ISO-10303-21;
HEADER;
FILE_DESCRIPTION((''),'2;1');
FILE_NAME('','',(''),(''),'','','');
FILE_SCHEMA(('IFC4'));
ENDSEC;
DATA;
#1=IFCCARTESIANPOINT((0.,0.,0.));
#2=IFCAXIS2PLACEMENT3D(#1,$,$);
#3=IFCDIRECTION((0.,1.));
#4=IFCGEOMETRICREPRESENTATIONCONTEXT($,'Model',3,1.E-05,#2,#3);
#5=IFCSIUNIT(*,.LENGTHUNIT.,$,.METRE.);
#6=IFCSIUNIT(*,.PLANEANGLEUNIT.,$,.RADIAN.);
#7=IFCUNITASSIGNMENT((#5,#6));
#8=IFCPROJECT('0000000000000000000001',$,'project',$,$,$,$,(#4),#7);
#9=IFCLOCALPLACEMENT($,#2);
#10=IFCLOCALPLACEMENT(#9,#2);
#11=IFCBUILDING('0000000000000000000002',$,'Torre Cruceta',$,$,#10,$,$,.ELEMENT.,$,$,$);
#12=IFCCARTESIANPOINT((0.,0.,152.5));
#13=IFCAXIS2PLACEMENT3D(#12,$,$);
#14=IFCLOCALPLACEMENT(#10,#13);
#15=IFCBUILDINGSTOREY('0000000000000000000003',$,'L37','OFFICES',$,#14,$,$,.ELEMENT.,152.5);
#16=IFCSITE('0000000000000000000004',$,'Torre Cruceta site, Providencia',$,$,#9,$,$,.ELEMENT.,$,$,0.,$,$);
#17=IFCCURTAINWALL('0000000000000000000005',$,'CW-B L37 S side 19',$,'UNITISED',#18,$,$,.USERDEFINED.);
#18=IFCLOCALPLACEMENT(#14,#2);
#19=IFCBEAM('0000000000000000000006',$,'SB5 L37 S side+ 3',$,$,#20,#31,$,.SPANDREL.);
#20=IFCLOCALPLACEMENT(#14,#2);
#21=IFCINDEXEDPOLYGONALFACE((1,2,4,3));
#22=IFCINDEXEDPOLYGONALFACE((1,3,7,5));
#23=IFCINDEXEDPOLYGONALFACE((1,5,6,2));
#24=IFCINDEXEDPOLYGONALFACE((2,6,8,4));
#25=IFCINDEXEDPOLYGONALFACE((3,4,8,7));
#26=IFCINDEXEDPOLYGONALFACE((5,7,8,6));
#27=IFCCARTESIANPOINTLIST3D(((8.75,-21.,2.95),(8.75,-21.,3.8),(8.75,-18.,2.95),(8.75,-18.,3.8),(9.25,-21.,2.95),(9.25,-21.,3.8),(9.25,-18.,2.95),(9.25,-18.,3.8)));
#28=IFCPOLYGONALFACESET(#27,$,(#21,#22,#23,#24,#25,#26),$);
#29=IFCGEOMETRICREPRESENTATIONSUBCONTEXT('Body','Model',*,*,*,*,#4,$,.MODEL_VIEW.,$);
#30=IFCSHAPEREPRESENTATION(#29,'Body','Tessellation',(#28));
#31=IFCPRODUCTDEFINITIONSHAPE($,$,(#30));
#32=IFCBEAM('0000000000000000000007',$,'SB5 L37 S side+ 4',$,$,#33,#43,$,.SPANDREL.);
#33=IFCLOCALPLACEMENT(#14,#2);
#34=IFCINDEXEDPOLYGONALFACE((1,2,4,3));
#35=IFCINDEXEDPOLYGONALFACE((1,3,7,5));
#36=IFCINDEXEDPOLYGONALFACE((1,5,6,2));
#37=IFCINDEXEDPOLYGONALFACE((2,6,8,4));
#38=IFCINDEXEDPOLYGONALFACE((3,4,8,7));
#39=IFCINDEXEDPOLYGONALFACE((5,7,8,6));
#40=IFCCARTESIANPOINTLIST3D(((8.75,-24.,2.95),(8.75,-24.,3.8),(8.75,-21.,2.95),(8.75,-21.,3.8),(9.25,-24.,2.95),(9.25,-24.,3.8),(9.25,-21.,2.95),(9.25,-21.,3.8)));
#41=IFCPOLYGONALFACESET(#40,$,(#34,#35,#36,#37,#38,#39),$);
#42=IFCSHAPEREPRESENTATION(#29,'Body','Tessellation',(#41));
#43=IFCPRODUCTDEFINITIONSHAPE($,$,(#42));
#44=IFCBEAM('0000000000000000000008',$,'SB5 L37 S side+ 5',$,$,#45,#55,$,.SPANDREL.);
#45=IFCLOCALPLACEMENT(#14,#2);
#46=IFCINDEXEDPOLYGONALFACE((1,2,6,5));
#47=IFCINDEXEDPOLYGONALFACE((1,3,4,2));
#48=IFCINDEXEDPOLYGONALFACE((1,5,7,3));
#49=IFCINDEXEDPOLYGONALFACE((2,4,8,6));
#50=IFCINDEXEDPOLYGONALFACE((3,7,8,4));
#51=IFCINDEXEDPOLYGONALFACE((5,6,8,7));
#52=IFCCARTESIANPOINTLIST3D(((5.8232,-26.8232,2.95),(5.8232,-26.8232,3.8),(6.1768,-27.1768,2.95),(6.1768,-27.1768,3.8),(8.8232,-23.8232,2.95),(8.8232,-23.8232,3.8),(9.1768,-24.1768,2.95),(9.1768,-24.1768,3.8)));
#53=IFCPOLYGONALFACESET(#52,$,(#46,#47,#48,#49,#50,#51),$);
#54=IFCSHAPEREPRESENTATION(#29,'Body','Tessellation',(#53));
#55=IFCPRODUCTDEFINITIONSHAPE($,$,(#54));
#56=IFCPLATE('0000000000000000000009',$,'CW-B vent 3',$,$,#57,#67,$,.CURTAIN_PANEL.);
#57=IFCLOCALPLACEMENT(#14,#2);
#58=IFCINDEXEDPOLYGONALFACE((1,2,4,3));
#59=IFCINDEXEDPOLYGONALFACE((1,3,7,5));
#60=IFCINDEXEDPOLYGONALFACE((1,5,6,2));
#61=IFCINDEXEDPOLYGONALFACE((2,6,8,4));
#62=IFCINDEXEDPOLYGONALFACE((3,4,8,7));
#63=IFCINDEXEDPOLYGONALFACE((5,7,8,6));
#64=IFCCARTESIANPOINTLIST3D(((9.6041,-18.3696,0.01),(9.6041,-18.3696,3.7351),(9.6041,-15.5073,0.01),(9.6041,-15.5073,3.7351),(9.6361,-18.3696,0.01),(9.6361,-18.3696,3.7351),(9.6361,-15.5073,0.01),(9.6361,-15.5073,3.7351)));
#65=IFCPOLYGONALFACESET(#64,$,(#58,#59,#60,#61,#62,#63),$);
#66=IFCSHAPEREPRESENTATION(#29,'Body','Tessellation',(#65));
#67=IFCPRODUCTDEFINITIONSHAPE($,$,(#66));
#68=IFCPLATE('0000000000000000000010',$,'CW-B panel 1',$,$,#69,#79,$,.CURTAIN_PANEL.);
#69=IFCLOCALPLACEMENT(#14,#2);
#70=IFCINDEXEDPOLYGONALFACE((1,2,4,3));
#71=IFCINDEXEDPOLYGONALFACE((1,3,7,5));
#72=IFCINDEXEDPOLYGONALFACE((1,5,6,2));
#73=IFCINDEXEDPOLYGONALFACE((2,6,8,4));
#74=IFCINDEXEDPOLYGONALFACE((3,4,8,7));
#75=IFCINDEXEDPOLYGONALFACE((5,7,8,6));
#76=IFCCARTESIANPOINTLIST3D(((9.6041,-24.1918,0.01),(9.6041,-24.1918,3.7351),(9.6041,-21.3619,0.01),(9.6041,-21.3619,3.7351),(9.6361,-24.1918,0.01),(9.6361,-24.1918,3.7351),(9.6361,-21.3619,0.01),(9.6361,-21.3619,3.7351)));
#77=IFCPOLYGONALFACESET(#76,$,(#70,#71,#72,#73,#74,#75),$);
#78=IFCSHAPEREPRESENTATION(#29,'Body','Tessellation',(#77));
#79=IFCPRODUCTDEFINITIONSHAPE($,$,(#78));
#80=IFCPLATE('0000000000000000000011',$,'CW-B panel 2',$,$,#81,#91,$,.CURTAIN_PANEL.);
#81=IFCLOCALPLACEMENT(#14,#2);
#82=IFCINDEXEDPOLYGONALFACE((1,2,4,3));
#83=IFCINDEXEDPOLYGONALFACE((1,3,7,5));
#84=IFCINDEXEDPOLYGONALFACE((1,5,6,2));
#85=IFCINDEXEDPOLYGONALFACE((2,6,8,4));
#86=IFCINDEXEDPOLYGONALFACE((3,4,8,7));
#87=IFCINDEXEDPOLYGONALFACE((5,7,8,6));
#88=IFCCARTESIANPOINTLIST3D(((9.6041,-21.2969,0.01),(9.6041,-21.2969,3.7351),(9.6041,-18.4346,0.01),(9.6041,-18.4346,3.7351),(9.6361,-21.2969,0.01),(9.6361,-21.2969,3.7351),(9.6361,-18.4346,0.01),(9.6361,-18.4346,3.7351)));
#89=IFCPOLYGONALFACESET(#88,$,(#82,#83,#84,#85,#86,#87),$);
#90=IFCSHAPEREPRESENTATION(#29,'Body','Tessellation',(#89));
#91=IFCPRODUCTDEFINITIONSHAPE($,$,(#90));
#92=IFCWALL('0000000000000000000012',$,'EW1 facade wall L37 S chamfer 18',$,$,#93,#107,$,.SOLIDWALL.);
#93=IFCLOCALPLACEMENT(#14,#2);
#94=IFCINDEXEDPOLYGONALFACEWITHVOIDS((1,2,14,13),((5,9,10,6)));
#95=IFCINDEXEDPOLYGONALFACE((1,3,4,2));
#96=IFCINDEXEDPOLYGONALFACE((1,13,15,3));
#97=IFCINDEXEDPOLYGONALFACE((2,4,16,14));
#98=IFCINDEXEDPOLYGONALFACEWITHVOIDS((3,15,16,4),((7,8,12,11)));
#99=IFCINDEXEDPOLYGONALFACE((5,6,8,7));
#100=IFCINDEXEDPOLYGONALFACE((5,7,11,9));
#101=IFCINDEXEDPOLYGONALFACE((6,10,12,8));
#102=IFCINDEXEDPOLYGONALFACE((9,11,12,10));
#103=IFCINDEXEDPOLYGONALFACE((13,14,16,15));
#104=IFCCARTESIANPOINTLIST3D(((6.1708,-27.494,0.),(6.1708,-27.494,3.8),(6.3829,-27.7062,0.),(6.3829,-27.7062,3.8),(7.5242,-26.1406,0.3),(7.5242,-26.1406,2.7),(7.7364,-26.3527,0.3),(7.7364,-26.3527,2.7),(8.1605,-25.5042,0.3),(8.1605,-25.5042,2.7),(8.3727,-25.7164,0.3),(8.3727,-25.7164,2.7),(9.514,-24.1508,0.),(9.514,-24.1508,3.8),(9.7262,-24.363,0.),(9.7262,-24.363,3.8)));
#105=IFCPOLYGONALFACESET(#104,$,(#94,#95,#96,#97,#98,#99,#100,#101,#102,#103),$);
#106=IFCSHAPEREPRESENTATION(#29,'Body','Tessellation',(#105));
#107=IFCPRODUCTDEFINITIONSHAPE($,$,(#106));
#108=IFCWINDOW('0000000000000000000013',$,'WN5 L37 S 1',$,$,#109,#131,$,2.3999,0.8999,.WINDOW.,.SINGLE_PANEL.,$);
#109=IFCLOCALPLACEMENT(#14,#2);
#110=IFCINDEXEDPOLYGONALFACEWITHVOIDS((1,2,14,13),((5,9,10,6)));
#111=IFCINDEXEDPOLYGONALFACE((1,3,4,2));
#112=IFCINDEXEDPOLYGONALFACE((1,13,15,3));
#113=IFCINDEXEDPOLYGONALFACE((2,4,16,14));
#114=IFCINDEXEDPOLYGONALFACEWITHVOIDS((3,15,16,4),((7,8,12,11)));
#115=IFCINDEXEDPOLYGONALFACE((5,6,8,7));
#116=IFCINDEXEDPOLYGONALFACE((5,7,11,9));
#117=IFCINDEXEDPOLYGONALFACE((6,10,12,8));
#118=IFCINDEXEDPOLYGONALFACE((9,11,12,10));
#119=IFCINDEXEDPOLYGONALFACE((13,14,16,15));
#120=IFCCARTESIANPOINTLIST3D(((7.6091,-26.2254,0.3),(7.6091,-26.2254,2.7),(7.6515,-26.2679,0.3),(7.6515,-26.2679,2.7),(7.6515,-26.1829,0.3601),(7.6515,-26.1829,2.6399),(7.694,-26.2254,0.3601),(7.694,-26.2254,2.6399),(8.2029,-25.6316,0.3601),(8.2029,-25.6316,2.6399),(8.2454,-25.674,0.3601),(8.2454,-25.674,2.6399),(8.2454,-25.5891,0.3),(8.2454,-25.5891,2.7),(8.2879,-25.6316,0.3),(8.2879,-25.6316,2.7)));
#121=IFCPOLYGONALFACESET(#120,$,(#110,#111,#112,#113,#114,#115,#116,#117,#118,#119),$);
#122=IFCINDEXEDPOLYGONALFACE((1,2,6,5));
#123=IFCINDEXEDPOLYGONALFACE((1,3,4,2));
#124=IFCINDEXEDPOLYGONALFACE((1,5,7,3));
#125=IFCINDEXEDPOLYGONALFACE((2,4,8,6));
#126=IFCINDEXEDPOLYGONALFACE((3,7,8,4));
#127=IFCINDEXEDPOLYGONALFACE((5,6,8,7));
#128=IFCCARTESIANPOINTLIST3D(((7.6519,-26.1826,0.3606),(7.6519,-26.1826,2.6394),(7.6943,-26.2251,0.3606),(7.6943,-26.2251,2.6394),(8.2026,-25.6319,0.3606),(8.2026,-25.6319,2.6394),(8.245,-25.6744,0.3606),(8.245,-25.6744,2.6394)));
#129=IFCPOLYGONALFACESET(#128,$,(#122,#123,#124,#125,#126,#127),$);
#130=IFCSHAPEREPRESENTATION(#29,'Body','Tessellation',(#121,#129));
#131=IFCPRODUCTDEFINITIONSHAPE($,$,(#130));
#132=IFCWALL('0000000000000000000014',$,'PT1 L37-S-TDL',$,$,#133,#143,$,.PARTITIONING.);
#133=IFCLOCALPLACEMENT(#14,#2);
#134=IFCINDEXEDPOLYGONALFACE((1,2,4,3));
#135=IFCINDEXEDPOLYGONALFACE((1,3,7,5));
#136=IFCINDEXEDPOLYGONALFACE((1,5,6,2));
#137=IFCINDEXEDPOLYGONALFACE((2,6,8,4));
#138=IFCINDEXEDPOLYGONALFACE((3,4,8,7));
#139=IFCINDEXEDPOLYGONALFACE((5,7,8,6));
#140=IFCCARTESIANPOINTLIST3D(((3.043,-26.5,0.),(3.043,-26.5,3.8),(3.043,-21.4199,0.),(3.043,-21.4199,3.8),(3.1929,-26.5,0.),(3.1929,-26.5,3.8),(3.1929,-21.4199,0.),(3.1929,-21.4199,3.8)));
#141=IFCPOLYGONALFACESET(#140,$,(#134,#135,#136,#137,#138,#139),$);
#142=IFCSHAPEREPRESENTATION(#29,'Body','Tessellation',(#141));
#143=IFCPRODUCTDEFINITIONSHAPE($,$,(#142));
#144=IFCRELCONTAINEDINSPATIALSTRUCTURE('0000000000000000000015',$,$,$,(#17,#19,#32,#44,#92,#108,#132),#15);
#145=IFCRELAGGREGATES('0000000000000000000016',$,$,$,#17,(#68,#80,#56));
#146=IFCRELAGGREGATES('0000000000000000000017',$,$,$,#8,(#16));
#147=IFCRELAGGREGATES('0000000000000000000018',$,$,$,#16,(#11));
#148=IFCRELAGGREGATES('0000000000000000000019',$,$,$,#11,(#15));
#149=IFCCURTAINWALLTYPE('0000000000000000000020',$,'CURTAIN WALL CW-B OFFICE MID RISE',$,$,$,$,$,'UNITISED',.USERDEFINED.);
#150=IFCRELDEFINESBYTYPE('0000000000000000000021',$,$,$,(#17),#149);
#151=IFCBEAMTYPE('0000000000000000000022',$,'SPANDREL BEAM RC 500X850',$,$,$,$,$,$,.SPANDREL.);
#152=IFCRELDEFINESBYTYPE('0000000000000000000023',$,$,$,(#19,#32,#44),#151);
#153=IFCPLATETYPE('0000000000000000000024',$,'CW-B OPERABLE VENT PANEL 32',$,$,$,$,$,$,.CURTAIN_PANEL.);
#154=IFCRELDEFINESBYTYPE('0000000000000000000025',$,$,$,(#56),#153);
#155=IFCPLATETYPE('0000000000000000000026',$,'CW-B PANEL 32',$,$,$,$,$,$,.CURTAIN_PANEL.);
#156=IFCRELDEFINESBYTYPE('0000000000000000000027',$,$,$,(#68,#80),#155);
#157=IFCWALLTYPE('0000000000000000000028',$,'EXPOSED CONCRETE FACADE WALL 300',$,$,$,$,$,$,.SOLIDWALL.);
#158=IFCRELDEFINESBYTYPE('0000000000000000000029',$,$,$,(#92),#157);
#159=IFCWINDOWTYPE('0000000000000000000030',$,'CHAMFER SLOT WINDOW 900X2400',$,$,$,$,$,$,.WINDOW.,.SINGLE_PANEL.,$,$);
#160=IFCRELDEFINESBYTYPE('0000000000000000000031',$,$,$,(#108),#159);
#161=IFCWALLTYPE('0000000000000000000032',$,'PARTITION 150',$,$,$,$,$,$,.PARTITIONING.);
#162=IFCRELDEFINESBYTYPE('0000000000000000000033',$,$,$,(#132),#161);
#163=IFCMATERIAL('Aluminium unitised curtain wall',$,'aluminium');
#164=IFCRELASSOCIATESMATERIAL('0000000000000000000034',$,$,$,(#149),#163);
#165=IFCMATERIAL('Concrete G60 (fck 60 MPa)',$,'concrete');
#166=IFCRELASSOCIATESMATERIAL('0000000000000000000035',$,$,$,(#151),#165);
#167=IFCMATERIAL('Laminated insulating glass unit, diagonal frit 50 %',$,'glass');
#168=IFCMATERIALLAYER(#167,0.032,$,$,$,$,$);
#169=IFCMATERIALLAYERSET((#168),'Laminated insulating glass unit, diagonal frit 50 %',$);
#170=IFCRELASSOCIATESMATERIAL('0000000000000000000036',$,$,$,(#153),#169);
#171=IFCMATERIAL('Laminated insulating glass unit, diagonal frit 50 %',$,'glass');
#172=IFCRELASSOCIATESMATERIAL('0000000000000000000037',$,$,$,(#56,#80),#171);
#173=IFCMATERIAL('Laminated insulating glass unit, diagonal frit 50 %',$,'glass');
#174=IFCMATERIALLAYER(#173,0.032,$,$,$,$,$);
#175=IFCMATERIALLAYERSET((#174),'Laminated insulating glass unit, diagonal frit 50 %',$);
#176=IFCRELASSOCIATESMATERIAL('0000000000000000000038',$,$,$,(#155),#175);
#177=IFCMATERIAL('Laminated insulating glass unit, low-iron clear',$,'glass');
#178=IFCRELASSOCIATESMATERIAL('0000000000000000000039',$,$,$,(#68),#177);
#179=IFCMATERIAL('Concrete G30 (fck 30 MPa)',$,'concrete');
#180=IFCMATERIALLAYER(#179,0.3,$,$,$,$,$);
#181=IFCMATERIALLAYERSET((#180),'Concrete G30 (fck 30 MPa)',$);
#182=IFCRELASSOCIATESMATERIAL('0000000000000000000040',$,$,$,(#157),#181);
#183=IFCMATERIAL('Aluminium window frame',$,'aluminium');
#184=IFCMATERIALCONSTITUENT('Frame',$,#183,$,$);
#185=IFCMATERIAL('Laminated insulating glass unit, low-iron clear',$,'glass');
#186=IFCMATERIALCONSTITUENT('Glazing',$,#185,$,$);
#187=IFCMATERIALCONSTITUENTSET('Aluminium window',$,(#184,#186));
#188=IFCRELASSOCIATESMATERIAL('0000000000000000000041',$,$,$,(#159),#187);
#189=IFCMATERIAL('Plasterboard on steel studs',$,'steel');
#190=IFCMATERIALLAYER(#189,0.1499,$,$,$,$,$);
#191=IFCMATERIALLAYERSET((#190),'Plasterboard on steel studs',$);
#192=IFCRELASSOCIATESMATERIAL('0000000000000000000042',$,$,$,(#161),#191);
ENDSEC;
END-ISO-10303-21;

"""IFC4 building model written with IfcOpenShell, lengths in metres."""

from ifc_helpers import new_model, si_unit, direction, frame, frame_2d, origin, origin_2d, place, context, subcontext, project, spatial, rectangle, hollow_rectangle, extrude, material, layer, layer_set, constituent, constituent_set, material_profile, profile_set, type_object, element, fill, aggregate, save


model = new_model("IFC4")

# Units and contexts
model_context = context("Model", 3, precision=1e-05, world=origin(), true_north=direction((0.0, 1.0)))
body_context = subcontext(model_context, "Body", "Model", "MODEL_VIEW")
ifc_project = project(units=[si_unit("LENGTHUNIT", "METRE"), si_unit("PLANEANGLEUNIT", "RADIAN")], contexts=[model_context])

# Site, building, storey
site_placement = place(None, origin())
site = spatial("IfcSite", under=ifc_project, at=site_placement, Name="Torre Cruceta site, Providencia", CompositionType="ELEMENT", RefElevation=0.0)
building_placement = place(site_placement, origin())
building = spatial("IfcBuilding", under=site, at=building_placement, Name="Torre Cruceta", CompositionType="ELEMENT")
storey_placement = place(building_placement, frame((0.0, 0.0, 152.5)))
storey = spatial("IfcBuildingStorey", under=building, at=storey_placement, Name="L37", Description="OFFICES", CompositionType="ELEMENT", Elevation=152.5)

# Curtain wall
ifc_material_1 = material(Name="Aluminium unitised curtain wall", Category="aluminium")
curtain_wall_type = type_object("IfcCurtainWallType", Name="CURTAIN WALL CW-B OFFICE MID RISE", ElementType="UNITISED", PredefinedType="USERDEFINED", material=ifc_material_1)
curtain_wall_placement = place(storey_placement, origin())
curtain_wall = element("IfcCurtainWall", 1, at=curtain_wall_placement, inside=storey, type_object=curtain_wall_type, Name="CW-B L37 S side 19", ObjectType="UNITISED", PredefinedType="USERDEFINED")

# Beams
ifc_material_2 = material(Name="Concrete G60 (fck 60 MPa)", Category="concrete")
ifc_material_profile_1 = material_profile(ifc_material_2, rectangle(XDim=0.5, YDim=0.8501, at=origin_2d()), Name="RC 500X850")
ifc_profile_set_1 = profile_set([ifc_material_profile_1], Name="Concrete G60 (fck 60 MPa)")
beam_type_1 = type_object("IfcBeamType", Name="SPANDREL BEAM RC 500X850", PredefinedType="SPANDREL", material=ifc_profile_set_1)
for number, where, z_axis, x_axis, name in (
    (2, (9.0, -18.0, 3.375), (0.0, -1.0, 0.0), (1.0, 0.0, 0.0), "SB5 L37 S side+ 3"),
    (3, (9.0, -21.0, 3.375), (0.0, -1.0, 0.0), (1.0, 0.0, 0.0), "SB5 L37 S side+ 4"),
):
    element("IfcBeam", number, at=place(storey_placement, frame(where, z_axis=z_axis, x_axis=x_axis)), inside=storey, type_object=beam_type_1, Name=name, PredefinedType="SPANDREL", context=body_context, shape_type="SweptSolid", body=[
        extrude(rectangle(XDim=0.5, YDim=0.8501, at=origin_2d()), origin(), (0.0, 0.0, 1.0), 3.0),
    ])
beam_1_placement = place(storey_placement, frame((9.0, -24.0, 3.375), z_axis=(-0.707107, -0.707107, 0.0), x_axis=(0.707107, -0.707107, 0.0)))
element("IfcBeam", 4, at=beam_1_placement, inside=storey, type_object=beam_type_1, Name="SB5 L37 S side+ 5", PredefinedType="SPANDREL", context=body_context, shape_type="SweptSolid", body=[
    extrude(rectangle(XDim=0.5, YDim=0.8501, at=origin_2d()), origin(), (0.0, 0.0, 1.0), 4.2427),
])

# Plates
ifc_material_3 = material(Name="Laminated insulating glass unit, diagonal frit 50 %", Category="glass")
ifc_material_4 = material(Name="Laminated insulating glass unit, diagonal frit 50 %", Category="glass")
ifc_layer_1 = layer(ifc_material_4, 0.032)
ifc_layer_set_1 = layer_set([ifc_layer_1], Name="Laminated insulating glass unit, diagonal frit 50 %")
plate_type_1 = type_object("IfcPlateType", Name="CW-B OPERABLE VENT PANEL 32", PredefinedType="CURTAIN_PANEL", material=ifc_layer_set_1)
plate_1_placement = place(storey_placement, frame((9.6201, -16.9385, 0.01), z_axis=(0.0, 0.0, 1.0), x_axis=(0.0, 1.0, 0.0)))
plate_1 = element("IfcPlate", 5, at=plate_1_placement, type_object=plate_type_1, material=ifc_material_3, Name="CW-B vent 3", PredefinedType="CURTAIN_PANEL", context=body_context, shape_type="SweptSolid", body=[
    extrude(rectangle(XDim=2.8623, YDim=0.032, at=origin_2d()), origin(), (0.0, 0.0, 1.0), 3.7251),
])
ifc_material_5 = material(Name="Laminated insulating glass unit, low-iron clear", Category="glass")
ifc_material_6 = material(Name="Laminated insulating glass unit, diagonal frit 50 %", Category="glass")
ifc_layer_2 = layer(ifc_material_6, 0.032)
ifc_layer_set_2 = layer_set([ifc_layer_2], Name="Laminated insulating glass unit, diagonal frit 50 %")
plate_type_2 = type_object("IfcPlateType", Name="CW-B PANEL 32", PredefinedType="CURTAIN_PANEL", material=ifc_layer_set_2)
plate_2_placement = place(storey_placement, frame((9.6201, -22.7769, 0.01), z_axis=(0.0, 0.0, 1.0), x_axis=(0.0, 1.0, 0.0)))
plate_2 = element("IfcPlate", 6, at=plate_2_placement, type_object=plate_type_2, material=ifc_material_5, Name="CW-B panel 1", PredefinedType="CURTAIN_PANEL", context=body_context, shape_type="SweptSolid", body=[
    extrude(rectangle(XDim=2.8298, YDim=0.032, at=origin_2d()), origin(), (0.0, 0.0, 1.0), 3.7251),
])
plate_3_placement = place(storey_placement, frame((9.6201, -19.8657, 0.01), z_axis=(0.0, 0.0, 1.0), x_axis=(0.0, 1.0, 0.0)))
plate_3 = element("IfcPlate", 7, at=plate_3_placement, type_object=plate_type_2, material=ifc_material_3, Name="CW-B panel 2", PredefinedType="CURTAIN_PANEL", context=body_context, shape_type="SweptSolid", body=[
    extrude(rectangle(XDim=2.8623, YDim=0.032, at=origin_2d()), origin(), (0.0, 0.0, 1.0), 3.7251),
])
aggregate(curtain_wall, [plate_2, plate_3, plate_1])

# Wall, opening, window
ifc_material_7 = material(Name="Concrete G30 (fck 30 MPa)", Category="concrete")
ifc_layer_3 = layer(ifc_material_7, 0.3)
ifc_layer_set_3 = layer_set([ifc_layer_3], Name="Concrete G30 (fck 30 MPa)")
wall_type_1 = type_object("IfcWallType", Name="EXPOSED CONCRETE FACADE WALL 300", PredefinedType="SOLIDWALL", material=ifc_layer_set_3)
wall_1_placement = place(storey_placement, frame((6.2769, -27.6001, 0.0), z_axis=(0.0, 0.0, 1.0), x_axis=(0.707107, 0.707107, 0.0)))
wall_1 = element("IfcWall", 8, at=wall_1_placement, inside=storey, type_object=wall_type_1, Name="EW1 facade wall L37 S chamfer 18", PredefinedType="SOLIDWALL", context=body_context, shape_type="SweptSolid", body=[
    extrude(rectangle(XDim=4.728, YDim=0.3, at=frame_2d((2.364, 0.0))), origin(), (0.0, 0.0, 1.0), 3.8),
])
opening_1_placement = place(wall_1_placement, frame((1.9141, 0.0, 0.3)))
opening_1 = element("IfcOpeningElement", 9, at=opening_1_placement, cuts=wall_1, PredefinedType="OPENING", context=body_context, shape_type="SweptSolid", body=[
    extrude(rectangle(XDim=0.8999, YDim=2.3999, at=frame_2d((0.45, 1.2))), frame((0.0, 0.1599, 0.0), z_axis=(0.0, -1.0, 0.0), x_axis=(1.0, 0.0, 0.0)), (0.0, 0.0, 1.0), 0.3201),
])
ifc_material_8 = material(Name="Aluminium window frame", Category="aluminium")
ifc_constituent_1 = constituent(ifc_material_8, Name="Frame")
ifc_material_9 = material(Name="Laminated insulating glass unit, low-iron clear", Category="glass")
ifc_constituent_2 = constituent(ifc_material_9, Name="Glazing")
ifc_constituent_set_1 = constituent_set(constituents=[ifc_constituent_1, ifc_constituent_2], Name="Aluminium window")
window_type = type_object("IfcWindowType", Name="CHAMFER SLOT WINDOW 900X2400", PartitioningType="SINGLE_PANEL", PredefinedType="WINDOW", material=ifc_constituent_set_1)
window_placement = place(opening_1_placement, origin())
window = element("IfcWindow", 10, at=window_placement, inside=storey, type_object=window_type, Name="WN5 L37 S 1", OverallHeight=2.3999, OverallWidth=0.8999, PartitioningType="SINGLE_PANEL", PredefinedType="WINDOW", context=body_context, shape_type="SweptSolid", body=[
    extrude(hollow_rectangle(XDim=0.8999, YDim=2.3999, WallThickness=0.0601, at=frame_2d((0.45, 1.2))), frame((0.0, 0.03, 0.0), z_axis=(0.0, -1.0, 0.0), x_axis=(1.0, 0.0, 0.0)), (0.0, 0.0, 1.0), 0.0601),
    extrude(rectangle(XDim=0.7788, YDim=2.2788, at=frame_2d((0.45, 1.2))), frame((0.0, 0.03, 0.0), z_axis=(0.0, -1.0, 0.0), x_axis=(1.0, 0.0, 0.0)), (0.0, 0.0, 1.0), 0.0601),
])
fill(opening_1, window)

# Wall
ifc_material_10 = material(Name="Plasterboard on steel studs", Category="steel")
ifc_layer_4 = layer(ifc_material_10, 0.1499)
ifc_layer_set_4 = layer_set([ifc_layer_4], Name="Plasterboard on steel studs")
wall_type_2 = type_object("IfcWallType", Name="PARTITION 150", PredefinedType="PARTITIONING", material=ifc_layer_set_4)
wall_2_placement = place(storey_placement, frame((3.1179, -21.4199, 0.0), z_axis=(0.0, 0.0, 1.0), x_axis=(0.0, -1.0, 0.0)))
element("IfcWall", 11, at=wall_2_placement, inside=storey, type_object=wall_type_2, Name="PT1 L37-S-TDL", PredefinedType="PARTITIONING", context=body_context, shape_type="SweptSolid", body=[
    extrude(rectangle(XDim=5.0801, YDim=0.1499, at=frame_2d((2.54, 0.0))), origin(), (0.0, 0.0, 1.0), 3.8),
])

save(model, "model.ifc")
